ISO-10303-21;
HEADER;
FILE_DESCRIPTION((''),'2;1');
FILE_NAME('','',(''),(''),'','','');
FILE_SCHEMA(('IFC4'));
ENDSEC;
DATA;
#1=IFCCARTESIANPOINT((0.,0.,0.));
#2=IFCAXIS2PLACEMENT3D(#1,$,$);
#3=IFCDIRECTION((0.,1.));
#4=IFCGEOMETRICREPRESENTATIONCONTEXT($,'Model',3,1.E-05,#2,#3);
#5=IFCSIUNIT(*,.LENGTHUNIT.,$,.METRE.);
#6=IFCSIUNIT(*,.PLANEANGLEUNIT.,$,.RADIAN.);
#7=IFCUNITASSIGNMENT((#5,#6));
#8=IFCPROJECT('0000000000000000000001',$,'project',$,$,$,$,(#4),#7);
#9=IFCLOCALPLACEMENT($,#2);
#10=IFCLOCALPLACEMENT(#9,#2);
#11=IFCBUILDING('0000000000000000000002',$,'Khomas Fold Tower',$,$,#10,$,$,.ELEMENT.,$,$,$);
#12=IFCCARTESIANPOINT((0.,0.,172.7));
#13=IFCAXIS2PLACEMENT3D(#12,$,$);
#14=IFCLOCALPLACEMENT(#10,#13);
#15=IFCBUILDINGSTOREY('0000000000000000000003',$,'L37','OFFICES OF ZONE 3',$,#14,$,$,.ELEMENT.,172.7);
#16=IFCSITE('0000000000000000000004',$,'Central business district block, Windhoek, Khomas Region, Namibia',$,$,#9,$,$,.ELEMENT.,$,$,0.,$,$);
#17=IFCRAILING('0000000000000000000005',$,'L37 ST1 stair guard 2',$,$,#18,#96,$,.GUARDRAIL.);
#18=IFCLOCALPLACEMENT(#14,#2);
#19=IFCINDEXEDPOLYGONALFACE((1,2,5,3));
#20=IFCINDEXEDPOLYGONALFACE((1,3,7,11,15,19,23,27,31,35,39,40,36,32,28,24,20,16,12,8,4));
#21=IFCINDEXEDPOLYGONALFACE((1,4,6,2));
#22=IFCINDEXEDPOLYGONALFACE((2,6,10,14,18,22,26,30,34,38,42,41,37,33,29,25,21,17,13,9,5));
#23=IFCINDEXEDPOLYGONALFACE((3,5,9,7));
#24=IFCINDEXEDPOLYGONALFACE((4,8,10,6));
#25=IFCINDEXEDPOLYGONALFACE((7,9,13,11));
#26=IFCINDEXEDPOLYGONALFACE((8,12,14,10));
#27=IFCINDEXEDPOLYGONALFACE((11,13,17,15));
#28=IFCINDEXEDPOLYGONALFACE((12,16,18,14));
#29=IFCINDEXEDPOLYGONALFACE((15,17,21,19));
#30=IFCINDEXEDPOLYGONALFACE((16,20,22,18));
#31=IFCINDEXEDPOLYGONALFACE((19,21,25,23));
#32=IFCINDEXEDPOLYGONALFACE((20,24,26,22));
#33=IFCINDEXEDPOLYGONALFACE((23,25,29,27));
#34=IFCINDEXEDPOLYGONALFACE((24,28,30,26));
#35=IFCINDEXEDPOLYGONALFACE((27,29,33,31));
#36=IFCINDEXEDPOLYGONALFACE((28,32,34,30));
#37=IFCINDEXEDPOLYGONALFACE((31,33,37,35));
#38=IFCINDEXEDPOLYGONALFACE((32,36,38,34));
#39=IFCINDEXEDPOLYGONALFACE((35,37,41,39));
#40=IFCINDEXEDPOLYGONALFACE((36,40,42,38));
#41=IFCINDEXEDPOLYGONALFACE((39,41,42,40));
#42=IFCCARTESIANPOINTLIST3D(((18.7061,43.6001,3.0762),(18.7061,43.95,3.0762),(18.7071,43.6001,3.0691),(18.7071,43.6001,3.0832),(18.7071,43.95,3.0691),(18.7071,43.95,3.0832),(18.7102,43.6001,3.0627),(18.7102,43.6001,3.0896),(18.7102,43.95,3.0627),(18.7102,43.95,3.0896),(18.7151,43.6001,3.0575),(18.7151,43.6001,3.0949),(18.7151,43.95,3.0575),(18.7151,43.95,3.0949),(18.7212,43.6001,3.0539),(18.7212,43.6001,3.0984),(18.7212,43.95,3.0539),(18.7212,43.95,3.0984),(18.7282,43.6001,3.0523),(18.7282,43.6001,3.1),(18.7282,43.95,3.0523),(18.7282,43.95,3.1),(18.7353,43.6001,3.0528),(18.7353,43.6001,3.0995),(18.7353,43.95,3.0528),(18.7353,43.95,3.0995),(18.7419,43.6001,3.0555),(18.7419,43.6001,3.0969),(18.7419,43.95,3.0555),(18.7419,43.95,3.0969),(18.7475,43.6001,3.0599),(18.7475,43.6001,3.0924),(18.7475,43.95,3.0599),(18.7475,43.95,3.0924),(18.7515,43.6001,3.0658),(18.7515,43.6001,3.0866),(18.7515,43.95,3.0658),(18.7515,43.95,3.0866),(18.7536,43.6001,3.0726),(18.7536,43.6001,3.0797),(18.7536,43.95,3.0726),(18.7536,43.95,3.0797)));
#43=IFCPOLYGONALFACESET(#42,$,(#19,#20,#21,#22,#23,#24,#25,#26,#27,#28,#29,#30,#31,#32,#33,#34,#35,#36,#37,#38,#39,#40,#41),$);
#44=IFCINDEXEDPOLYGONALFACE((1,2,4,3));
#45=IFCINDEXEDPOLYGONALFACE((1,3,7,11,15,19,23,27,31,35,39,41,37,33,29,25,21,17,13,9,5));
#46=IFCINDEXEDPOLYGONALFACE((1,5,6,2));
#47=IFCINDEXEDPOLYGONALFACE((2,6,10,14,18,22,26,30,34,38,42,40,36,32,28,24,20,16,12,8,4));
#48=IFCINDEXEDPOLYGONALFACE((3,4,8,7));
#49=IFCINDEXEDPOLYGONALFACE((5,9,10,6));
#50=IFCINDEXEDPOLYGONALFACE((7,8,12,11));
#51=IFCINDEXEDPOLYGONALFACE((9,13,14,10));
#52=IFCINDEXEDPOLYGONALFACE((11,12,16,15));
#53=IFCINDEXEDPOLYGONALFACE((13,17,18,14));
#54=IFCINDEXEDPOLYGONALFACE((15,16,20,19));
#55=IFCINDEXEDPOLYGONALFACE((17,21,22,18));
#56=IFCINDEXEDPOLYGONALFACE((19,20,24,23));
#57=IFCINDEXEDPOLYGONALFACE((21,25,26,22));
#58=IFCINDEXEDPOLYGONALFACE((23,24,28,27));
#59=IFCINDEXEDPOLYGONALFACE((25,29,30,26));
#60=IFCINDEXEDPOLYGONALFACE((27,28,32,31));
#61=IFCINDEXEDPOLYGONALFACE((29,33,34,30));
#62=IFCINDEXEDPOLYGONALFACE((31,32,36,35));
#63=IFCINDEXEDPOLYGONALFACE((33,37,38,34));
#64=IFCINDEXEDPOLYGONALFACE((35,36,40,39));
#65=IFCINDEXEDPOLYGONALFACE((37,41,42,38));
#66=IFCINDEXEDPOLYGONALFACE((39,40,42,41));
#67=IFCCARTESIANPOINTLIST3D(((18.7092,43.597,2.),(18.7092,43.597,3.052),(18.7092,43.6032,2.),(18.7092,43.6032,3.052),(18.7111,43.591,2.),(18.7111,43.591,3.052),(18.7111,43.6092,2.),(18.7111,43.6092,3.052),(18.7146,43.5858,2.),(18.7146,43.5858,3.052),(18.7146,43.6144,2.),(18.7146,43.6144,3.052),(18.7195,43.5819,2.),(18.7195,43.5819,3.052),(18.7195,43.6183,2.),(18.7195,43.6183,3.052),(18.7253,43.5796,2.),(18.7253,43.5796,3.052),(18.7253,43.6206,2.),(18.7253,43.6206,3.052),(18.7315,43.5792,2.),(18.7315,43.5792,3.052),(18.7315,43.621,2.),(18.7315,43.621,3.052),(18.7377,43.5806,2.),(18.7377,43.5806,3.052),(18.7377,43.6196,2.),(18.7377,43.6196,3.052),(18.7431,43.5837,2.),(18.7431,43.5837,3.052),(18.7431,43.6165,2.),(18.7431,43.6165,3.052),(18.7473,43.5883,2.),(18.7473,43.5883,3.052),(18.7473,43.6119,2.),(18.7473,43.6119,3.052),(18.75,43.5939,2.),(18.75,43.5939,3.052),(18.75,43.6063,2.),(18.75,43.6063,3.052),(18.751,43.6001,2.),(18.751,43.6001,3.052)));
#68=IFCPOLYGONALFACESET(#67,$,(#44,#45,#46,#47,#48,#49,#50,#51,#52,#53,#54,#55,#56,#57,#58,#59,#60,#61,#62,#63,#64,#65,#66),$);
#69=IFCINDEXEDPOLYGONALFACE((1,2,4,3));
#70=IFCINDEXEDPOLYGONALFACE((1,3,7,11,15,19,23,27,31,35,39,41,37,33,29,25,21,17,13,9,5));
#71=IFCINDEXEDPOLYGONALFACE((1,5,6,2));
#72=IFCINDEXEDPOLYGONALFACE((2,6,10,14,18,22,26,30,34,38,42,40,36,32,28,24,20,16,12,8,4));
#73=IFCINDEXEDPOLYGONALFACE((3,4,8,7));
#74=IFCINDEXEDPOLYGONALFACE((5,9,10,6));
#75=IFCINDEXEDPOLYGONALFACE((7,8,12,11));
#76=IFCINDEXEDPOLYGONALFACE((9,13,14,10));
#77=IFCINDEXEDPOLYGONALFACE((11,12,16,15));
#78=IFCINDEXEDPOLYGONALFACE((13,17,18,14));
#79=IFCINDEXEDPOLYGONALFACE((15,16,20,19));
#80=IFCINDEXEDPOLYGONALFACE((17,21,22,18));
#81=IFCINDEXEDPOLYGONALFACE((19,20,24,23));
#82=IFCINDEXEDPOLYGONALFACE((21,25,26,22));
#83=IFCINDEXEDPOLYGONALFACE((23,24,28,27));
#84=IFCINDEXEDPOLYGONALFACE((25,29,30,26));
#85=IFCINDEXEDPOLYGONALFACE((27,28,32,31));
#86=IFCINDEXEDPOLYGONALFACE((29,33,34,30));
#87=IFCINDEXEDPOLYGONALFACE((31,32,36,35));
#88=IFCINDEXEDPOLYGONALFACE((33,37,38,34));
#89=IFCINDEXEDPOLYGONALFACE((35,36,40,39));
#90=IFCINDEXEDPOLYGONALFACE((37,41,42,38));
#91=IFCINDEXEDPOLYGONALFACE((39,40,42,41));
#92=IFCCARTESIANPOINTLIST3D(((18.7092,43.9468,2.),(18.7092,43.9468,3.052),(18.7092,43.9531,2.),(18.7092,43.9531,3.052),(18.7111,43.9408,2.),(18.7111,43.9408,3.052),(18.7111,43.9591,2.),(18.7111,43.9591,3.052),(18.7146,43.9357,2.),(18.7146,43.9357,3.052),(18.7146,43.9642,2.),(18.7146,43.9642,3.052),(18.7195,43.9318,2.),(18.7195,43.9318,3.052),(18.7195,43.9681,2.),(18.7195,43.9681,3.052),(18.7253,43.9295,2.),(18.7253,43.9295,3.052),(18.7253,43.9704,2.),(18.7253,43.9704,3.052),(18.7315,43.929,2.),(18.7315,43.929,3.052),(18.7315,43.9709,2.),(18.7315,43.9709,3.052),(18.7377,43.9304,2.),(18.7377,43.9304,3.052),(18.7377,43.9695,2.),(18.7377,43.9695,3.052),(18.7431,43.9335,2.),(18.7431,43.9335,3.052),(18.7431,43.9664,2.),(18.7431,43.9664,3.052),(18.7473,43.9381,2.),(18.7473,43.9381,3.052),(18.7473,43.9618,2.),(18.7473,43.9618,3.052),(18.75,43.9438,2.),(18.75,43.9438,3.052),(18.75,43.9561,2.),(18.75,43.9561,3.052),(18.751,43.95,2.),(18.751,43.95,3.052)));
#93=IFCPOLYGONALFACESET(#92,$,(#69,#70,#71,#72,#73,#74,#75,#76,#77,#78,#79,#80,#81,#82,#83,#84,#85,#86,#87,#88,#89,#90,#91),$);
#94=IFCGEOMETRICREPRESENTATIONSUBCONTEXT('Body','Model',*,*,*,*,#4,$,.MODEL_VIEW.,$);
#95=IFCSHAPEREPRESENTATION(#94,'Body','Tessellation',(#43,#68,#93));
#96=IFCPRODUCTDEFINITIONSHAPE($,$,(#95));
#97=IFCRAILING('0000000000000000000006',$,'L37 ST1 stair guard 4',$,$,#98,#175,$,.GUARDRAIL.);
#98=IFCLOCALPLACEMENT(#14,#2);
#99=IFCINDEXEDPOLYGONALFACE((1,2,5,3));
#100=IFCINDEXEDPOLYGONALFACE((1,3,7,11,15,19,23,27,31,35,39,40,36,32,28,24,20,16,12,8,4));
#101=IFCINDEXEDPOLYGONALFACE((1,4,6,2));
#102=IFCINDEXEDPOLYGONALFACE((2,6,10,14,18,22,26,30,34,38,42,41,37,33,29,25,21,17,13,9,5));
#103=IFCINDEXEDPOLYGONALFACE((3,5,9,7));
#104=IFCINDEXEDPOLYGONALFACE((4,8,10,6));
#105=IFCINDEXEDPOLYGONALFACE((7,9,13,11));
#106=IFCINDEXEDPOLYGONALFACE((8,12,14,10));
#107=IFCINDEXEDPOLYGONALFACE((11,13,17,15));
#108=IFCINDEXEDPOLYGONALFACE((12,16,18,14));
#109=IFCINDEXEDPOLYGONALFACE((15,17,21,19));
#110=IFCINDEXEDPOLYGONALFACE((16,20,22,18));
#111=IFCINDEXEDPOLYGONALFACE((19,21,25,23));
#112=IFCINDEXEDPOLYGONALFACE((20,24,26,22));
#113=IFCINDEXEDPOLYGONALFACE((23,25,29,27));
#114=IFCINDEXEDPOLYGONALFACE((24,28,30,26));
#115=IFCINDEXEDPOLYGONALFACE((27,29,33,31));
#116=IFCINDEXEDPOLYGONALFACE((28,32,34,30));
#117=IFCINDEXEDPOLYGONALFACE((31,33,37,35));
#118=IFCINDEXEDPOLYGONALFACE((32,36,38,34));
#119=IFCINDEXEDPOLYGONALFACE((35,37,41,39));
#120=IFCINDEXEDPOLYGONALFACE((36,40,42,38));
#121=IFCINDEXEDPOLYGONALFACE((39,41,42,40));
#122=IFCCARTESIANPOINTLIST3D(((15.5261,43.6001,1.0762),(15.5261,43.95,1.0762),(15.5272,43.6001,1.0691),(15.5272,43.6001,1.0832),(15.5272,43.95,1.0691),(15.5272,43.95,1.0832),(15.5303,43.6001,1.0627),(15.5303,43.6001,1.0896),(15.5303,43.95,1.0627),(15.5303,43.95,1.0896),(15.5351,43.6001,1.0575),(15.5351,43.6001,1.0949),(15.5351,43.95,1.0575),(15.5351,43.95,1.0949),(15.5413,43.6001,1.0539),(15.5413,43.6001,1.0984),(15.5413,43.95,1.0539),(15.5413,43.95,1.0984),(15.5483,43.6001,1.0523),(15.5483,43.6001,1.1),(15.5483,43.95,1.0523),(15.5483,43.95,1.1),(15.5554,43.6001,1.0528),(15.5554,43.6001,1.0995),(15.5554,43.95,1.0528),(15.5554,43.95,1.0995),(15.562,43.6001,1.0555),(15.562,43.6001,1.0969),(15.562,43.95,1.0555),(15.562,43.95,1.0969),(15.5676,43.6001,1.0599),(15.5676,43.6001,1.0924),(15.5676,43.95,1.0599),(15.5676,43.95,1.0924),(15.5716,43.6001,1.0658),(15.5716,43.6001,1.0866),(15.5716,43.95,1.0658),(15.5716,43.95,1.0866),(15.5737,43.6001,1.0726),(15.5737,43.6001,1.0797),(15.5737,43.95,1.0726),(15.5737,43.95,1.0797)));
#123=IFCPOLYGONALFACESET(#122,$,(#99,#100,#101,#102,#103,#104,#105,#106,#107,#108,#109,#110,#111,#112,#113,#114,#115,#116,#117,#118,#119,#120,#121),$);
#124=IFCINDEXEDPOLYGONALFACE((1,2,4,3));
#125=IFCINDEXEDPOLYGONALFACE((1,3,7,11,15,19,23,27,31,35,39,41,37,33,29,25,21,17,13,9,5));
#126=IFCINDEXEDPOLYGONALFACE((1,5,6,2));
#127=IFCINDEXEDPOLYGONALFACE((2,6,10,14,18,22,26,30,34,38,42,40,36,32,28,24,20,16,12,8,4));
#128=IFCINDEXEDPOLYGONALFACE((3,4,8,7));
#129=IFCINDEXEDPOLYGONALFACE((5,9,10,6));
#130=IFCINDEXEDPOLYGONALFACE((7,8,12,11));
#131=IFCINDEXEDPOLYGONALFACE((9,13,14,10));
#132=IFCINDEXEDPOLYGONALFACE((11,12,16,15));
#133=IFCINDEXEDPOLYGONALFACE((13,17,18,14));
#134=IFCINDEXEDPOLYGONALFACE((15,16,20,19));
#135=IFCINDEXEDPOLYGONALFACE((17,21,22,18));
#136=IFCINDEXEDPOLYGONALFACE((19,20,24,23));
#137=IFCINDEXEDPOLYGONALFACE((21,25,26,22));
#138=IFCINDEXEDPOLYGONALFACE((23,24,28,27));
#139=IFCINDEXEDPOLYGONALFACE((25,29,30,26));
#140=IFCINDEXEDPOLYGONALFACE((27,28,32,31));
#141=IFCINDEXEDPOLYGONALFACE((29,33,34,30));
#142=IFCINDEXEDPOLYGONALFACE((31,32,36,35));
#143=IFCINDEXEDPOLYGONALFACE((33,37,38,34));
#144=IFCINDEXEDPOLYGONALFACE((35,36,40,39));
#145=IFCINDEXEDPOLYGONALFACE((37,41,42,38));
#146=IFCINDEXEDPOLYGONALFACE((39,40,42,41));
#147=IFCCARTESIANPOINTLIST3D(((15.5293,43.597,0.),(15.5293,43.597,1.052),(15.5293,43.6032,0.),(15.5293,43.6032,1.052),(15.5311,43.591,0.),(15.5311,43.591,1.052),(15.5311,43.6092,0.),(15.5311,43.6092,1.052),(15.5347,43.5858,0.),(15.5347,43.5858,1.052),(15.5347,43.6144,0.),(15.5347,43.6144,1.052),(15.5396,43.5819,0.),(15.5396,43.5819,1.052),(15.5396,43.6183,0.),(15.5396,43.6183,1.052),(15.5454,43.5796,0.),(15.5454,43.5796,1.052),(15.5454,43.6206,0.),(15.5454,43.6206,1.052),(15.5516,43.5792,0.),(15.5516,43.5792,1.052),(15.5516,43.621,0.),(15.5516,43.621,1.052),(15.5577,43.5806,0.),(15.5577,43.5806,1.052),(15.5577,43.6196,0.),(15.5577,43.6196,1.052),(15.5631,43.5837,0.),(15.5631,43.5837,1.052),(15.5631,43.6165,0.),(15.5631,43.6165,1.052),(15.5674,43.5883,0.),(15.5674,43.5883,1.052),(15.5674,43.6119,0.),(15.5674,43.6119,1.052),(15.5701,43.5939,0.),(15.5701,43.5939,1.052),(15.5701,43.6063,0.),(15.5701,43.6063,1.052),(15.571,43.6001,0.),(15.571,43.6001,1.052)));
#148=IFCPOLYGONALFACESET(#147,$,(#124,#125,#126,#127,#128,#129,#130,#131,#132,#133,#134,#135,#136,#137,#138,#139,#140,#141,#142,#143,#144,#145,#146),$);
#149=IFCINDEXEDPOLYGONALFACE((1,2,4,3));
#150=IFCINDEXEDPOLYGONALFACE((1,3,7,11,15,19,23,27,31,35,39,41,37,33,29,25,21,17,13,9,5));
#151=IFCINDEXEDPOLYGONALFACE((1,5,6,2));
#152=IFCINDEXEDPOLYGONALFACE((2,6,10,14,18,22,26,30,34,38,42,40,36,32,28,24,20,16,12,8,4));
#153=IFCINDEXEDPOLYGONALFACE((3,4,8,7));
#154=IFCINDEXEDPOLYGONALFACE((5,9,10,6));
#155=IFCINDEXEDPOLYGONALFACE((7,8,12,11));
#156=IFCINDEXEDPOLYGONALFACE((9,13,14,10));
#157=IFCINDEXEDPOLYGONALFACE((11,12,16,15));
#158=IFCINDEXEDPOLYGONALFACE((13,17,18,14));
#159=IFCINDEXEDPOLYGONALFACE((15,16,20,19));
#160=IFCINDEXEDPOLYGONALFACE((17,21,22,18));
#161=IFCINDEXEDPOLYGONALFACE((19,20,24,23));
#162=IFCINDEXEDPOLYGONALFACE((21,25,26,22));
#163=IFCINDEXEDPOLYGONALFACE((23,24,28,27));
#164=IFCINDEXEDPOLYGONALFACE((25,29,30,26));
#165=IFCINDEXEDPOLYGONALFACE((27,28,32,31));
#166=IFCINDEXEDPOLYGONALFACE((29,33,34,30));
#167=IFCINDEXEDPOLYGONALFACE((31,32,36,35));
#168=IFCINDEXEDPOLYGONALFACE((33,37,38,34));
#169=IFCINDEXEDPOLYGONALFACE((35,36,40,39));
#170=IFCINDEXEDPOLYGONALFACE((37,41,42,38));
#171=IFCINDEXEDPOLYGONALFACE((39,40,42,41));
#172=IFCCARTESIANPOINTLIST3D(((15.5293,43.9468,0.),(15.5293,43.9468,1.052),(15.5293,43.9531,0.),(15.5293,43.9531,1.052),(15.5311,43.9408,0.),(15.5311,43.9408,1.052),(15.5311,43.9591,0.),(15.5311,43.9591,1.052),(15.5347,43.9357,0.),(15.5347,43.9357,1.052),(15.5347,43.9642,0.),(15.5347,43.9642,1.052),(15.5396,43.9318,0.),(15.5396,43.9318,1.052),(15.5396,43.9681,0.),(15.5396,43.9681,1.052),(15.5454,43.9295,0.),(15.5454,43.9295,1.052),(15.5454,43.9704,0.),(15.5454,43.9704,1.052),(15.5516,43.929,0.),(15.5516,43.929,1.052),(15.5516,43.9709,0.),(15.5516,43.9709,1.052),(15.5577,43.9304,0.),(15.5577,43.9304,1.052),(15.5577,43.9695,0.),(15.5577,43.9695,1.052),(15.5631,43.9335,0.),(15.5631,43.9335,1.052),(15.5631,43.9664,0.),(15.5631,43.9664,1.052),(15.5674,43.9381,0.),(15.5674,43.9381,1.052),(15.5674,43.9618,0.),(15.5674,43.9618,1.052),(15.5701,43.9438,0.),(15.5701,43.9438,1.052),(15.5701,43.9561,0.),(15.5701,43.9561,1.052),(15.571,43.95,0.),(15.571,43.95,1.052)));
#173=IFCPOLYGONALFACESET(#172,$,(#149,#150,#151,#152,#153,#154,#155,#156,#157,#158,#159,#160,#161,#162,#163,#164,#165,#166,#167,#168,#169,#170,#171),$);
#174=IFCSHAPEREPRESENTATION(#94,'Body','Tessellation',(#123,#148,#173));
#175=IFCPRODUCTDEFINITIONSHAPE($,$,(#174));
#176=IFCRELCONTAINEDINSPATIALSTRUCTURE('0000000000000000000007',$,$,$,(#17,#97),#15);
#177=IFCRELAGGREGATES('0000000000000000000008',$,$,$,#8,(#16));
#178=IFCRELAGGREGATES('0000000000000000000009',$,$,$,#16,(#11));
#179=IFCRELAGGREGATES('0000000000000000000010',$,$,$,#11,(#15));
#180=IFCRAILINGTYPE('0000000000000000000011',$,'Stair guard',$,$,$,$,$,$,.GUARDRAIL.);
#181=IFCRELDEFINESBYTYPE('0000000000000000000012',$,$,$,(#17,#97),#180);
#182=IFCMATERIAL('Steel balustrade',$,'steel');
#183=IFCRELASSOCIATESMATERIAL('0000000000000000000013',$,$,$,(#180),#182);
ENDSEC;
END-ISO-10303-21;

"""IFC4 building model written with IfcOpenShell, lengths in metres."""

from ifc_helpers import new_model, si_unit, direction, frame, origin, origin_2d, place, context, subcontext, project, spatial, circle, extrude, source, transform, mapped, material, type_object, element, save


model = new_model("IFC4")

# Units and contexts
model_context = context("Model", 3, precision=1e-05, world=origin(), true_north=direction((0.0, 1.0)))
body_context = subcontext(model_context, "Body", "Model", "MODEL_VIEW")
ifc_project = project(units=[si_unit("LENGTHUNIT", "METRE"), si_unit("PLANEANGLEUNIT", "RADIAN")], contexts=[model_context])

# Site, building, storey
site_placement = place(None, origin())
site = spatial("IfcSite", under=ifc_project, at=site_placement, Name="Central business district block, Windhoek, Khomas Region, Namibia", CompositionType="ELEMENT", RefElevation=0.0)
building_placement = place(site_placement, origin())
building = spatial("IfcBuilding", under=site, at=building_placement, Name="Khomas Fold Tower", CompositionType="ELEMENT")
storey_placement = place(building_placement, frame((0.0, 0.0, 172.7)))
storey = spatial("IfcBuildingStorey", under=building, at=storey_placement, Name="L37", Description="OFFICES OF ZONE 3", CompositionType="ELEMENT", Elevation=172.7)

# Railings
ifc_material_1 = material(Name="Steel balustrade", Category="steel")
railing_type_1 = type_object("IfcRailingType", Name="Stair guard", PredefinedType="GUARDRAIL", material=ifc_material_1)
shared_shape_1 = source(origin(), body_context, "Body", "SweptSolid", [
    extrude(circle(Radius=0.0239, at=origin_2d()), frame((0.0, 0.0, 1.0762), z_axis=(0.0, 1.0, 0.0), x_axis=(-1.0, 0.0, 0.0)), (0.0, 0.0, 1.0), 0.3499),
    extrude(circle(Radius=0.021, at=origin_2d()), origin(), (0.0, 0.0, 1.0), 1.052),
    extrude(circle(Radius=0.021, at=origin_2d()), frame((0.0, 0.3499, 0.0)), (0.0, 0.0, 1.0), 1.052),
])
for number, where, name in (
    (1, (18.73, 43.6001, 2.0), "L37 ST1 stair guard 2"),
    (2, (15.55, 43.6001, 0.0), "L37 ST1 stair guard 4"),
):
    element("IfcRailing", number, at=place(storey_placement, frame(where)), inside=storey, type_object=railing_type_1, Name=name, PredefinedType="GUARDRAIL", context=body_context, shape_type="MappedRepresentation", body=[
        mapped(shared_shape_1, transform((0.0, 0.0, 0.0))),
    ])

save(model, "model.ifc")
